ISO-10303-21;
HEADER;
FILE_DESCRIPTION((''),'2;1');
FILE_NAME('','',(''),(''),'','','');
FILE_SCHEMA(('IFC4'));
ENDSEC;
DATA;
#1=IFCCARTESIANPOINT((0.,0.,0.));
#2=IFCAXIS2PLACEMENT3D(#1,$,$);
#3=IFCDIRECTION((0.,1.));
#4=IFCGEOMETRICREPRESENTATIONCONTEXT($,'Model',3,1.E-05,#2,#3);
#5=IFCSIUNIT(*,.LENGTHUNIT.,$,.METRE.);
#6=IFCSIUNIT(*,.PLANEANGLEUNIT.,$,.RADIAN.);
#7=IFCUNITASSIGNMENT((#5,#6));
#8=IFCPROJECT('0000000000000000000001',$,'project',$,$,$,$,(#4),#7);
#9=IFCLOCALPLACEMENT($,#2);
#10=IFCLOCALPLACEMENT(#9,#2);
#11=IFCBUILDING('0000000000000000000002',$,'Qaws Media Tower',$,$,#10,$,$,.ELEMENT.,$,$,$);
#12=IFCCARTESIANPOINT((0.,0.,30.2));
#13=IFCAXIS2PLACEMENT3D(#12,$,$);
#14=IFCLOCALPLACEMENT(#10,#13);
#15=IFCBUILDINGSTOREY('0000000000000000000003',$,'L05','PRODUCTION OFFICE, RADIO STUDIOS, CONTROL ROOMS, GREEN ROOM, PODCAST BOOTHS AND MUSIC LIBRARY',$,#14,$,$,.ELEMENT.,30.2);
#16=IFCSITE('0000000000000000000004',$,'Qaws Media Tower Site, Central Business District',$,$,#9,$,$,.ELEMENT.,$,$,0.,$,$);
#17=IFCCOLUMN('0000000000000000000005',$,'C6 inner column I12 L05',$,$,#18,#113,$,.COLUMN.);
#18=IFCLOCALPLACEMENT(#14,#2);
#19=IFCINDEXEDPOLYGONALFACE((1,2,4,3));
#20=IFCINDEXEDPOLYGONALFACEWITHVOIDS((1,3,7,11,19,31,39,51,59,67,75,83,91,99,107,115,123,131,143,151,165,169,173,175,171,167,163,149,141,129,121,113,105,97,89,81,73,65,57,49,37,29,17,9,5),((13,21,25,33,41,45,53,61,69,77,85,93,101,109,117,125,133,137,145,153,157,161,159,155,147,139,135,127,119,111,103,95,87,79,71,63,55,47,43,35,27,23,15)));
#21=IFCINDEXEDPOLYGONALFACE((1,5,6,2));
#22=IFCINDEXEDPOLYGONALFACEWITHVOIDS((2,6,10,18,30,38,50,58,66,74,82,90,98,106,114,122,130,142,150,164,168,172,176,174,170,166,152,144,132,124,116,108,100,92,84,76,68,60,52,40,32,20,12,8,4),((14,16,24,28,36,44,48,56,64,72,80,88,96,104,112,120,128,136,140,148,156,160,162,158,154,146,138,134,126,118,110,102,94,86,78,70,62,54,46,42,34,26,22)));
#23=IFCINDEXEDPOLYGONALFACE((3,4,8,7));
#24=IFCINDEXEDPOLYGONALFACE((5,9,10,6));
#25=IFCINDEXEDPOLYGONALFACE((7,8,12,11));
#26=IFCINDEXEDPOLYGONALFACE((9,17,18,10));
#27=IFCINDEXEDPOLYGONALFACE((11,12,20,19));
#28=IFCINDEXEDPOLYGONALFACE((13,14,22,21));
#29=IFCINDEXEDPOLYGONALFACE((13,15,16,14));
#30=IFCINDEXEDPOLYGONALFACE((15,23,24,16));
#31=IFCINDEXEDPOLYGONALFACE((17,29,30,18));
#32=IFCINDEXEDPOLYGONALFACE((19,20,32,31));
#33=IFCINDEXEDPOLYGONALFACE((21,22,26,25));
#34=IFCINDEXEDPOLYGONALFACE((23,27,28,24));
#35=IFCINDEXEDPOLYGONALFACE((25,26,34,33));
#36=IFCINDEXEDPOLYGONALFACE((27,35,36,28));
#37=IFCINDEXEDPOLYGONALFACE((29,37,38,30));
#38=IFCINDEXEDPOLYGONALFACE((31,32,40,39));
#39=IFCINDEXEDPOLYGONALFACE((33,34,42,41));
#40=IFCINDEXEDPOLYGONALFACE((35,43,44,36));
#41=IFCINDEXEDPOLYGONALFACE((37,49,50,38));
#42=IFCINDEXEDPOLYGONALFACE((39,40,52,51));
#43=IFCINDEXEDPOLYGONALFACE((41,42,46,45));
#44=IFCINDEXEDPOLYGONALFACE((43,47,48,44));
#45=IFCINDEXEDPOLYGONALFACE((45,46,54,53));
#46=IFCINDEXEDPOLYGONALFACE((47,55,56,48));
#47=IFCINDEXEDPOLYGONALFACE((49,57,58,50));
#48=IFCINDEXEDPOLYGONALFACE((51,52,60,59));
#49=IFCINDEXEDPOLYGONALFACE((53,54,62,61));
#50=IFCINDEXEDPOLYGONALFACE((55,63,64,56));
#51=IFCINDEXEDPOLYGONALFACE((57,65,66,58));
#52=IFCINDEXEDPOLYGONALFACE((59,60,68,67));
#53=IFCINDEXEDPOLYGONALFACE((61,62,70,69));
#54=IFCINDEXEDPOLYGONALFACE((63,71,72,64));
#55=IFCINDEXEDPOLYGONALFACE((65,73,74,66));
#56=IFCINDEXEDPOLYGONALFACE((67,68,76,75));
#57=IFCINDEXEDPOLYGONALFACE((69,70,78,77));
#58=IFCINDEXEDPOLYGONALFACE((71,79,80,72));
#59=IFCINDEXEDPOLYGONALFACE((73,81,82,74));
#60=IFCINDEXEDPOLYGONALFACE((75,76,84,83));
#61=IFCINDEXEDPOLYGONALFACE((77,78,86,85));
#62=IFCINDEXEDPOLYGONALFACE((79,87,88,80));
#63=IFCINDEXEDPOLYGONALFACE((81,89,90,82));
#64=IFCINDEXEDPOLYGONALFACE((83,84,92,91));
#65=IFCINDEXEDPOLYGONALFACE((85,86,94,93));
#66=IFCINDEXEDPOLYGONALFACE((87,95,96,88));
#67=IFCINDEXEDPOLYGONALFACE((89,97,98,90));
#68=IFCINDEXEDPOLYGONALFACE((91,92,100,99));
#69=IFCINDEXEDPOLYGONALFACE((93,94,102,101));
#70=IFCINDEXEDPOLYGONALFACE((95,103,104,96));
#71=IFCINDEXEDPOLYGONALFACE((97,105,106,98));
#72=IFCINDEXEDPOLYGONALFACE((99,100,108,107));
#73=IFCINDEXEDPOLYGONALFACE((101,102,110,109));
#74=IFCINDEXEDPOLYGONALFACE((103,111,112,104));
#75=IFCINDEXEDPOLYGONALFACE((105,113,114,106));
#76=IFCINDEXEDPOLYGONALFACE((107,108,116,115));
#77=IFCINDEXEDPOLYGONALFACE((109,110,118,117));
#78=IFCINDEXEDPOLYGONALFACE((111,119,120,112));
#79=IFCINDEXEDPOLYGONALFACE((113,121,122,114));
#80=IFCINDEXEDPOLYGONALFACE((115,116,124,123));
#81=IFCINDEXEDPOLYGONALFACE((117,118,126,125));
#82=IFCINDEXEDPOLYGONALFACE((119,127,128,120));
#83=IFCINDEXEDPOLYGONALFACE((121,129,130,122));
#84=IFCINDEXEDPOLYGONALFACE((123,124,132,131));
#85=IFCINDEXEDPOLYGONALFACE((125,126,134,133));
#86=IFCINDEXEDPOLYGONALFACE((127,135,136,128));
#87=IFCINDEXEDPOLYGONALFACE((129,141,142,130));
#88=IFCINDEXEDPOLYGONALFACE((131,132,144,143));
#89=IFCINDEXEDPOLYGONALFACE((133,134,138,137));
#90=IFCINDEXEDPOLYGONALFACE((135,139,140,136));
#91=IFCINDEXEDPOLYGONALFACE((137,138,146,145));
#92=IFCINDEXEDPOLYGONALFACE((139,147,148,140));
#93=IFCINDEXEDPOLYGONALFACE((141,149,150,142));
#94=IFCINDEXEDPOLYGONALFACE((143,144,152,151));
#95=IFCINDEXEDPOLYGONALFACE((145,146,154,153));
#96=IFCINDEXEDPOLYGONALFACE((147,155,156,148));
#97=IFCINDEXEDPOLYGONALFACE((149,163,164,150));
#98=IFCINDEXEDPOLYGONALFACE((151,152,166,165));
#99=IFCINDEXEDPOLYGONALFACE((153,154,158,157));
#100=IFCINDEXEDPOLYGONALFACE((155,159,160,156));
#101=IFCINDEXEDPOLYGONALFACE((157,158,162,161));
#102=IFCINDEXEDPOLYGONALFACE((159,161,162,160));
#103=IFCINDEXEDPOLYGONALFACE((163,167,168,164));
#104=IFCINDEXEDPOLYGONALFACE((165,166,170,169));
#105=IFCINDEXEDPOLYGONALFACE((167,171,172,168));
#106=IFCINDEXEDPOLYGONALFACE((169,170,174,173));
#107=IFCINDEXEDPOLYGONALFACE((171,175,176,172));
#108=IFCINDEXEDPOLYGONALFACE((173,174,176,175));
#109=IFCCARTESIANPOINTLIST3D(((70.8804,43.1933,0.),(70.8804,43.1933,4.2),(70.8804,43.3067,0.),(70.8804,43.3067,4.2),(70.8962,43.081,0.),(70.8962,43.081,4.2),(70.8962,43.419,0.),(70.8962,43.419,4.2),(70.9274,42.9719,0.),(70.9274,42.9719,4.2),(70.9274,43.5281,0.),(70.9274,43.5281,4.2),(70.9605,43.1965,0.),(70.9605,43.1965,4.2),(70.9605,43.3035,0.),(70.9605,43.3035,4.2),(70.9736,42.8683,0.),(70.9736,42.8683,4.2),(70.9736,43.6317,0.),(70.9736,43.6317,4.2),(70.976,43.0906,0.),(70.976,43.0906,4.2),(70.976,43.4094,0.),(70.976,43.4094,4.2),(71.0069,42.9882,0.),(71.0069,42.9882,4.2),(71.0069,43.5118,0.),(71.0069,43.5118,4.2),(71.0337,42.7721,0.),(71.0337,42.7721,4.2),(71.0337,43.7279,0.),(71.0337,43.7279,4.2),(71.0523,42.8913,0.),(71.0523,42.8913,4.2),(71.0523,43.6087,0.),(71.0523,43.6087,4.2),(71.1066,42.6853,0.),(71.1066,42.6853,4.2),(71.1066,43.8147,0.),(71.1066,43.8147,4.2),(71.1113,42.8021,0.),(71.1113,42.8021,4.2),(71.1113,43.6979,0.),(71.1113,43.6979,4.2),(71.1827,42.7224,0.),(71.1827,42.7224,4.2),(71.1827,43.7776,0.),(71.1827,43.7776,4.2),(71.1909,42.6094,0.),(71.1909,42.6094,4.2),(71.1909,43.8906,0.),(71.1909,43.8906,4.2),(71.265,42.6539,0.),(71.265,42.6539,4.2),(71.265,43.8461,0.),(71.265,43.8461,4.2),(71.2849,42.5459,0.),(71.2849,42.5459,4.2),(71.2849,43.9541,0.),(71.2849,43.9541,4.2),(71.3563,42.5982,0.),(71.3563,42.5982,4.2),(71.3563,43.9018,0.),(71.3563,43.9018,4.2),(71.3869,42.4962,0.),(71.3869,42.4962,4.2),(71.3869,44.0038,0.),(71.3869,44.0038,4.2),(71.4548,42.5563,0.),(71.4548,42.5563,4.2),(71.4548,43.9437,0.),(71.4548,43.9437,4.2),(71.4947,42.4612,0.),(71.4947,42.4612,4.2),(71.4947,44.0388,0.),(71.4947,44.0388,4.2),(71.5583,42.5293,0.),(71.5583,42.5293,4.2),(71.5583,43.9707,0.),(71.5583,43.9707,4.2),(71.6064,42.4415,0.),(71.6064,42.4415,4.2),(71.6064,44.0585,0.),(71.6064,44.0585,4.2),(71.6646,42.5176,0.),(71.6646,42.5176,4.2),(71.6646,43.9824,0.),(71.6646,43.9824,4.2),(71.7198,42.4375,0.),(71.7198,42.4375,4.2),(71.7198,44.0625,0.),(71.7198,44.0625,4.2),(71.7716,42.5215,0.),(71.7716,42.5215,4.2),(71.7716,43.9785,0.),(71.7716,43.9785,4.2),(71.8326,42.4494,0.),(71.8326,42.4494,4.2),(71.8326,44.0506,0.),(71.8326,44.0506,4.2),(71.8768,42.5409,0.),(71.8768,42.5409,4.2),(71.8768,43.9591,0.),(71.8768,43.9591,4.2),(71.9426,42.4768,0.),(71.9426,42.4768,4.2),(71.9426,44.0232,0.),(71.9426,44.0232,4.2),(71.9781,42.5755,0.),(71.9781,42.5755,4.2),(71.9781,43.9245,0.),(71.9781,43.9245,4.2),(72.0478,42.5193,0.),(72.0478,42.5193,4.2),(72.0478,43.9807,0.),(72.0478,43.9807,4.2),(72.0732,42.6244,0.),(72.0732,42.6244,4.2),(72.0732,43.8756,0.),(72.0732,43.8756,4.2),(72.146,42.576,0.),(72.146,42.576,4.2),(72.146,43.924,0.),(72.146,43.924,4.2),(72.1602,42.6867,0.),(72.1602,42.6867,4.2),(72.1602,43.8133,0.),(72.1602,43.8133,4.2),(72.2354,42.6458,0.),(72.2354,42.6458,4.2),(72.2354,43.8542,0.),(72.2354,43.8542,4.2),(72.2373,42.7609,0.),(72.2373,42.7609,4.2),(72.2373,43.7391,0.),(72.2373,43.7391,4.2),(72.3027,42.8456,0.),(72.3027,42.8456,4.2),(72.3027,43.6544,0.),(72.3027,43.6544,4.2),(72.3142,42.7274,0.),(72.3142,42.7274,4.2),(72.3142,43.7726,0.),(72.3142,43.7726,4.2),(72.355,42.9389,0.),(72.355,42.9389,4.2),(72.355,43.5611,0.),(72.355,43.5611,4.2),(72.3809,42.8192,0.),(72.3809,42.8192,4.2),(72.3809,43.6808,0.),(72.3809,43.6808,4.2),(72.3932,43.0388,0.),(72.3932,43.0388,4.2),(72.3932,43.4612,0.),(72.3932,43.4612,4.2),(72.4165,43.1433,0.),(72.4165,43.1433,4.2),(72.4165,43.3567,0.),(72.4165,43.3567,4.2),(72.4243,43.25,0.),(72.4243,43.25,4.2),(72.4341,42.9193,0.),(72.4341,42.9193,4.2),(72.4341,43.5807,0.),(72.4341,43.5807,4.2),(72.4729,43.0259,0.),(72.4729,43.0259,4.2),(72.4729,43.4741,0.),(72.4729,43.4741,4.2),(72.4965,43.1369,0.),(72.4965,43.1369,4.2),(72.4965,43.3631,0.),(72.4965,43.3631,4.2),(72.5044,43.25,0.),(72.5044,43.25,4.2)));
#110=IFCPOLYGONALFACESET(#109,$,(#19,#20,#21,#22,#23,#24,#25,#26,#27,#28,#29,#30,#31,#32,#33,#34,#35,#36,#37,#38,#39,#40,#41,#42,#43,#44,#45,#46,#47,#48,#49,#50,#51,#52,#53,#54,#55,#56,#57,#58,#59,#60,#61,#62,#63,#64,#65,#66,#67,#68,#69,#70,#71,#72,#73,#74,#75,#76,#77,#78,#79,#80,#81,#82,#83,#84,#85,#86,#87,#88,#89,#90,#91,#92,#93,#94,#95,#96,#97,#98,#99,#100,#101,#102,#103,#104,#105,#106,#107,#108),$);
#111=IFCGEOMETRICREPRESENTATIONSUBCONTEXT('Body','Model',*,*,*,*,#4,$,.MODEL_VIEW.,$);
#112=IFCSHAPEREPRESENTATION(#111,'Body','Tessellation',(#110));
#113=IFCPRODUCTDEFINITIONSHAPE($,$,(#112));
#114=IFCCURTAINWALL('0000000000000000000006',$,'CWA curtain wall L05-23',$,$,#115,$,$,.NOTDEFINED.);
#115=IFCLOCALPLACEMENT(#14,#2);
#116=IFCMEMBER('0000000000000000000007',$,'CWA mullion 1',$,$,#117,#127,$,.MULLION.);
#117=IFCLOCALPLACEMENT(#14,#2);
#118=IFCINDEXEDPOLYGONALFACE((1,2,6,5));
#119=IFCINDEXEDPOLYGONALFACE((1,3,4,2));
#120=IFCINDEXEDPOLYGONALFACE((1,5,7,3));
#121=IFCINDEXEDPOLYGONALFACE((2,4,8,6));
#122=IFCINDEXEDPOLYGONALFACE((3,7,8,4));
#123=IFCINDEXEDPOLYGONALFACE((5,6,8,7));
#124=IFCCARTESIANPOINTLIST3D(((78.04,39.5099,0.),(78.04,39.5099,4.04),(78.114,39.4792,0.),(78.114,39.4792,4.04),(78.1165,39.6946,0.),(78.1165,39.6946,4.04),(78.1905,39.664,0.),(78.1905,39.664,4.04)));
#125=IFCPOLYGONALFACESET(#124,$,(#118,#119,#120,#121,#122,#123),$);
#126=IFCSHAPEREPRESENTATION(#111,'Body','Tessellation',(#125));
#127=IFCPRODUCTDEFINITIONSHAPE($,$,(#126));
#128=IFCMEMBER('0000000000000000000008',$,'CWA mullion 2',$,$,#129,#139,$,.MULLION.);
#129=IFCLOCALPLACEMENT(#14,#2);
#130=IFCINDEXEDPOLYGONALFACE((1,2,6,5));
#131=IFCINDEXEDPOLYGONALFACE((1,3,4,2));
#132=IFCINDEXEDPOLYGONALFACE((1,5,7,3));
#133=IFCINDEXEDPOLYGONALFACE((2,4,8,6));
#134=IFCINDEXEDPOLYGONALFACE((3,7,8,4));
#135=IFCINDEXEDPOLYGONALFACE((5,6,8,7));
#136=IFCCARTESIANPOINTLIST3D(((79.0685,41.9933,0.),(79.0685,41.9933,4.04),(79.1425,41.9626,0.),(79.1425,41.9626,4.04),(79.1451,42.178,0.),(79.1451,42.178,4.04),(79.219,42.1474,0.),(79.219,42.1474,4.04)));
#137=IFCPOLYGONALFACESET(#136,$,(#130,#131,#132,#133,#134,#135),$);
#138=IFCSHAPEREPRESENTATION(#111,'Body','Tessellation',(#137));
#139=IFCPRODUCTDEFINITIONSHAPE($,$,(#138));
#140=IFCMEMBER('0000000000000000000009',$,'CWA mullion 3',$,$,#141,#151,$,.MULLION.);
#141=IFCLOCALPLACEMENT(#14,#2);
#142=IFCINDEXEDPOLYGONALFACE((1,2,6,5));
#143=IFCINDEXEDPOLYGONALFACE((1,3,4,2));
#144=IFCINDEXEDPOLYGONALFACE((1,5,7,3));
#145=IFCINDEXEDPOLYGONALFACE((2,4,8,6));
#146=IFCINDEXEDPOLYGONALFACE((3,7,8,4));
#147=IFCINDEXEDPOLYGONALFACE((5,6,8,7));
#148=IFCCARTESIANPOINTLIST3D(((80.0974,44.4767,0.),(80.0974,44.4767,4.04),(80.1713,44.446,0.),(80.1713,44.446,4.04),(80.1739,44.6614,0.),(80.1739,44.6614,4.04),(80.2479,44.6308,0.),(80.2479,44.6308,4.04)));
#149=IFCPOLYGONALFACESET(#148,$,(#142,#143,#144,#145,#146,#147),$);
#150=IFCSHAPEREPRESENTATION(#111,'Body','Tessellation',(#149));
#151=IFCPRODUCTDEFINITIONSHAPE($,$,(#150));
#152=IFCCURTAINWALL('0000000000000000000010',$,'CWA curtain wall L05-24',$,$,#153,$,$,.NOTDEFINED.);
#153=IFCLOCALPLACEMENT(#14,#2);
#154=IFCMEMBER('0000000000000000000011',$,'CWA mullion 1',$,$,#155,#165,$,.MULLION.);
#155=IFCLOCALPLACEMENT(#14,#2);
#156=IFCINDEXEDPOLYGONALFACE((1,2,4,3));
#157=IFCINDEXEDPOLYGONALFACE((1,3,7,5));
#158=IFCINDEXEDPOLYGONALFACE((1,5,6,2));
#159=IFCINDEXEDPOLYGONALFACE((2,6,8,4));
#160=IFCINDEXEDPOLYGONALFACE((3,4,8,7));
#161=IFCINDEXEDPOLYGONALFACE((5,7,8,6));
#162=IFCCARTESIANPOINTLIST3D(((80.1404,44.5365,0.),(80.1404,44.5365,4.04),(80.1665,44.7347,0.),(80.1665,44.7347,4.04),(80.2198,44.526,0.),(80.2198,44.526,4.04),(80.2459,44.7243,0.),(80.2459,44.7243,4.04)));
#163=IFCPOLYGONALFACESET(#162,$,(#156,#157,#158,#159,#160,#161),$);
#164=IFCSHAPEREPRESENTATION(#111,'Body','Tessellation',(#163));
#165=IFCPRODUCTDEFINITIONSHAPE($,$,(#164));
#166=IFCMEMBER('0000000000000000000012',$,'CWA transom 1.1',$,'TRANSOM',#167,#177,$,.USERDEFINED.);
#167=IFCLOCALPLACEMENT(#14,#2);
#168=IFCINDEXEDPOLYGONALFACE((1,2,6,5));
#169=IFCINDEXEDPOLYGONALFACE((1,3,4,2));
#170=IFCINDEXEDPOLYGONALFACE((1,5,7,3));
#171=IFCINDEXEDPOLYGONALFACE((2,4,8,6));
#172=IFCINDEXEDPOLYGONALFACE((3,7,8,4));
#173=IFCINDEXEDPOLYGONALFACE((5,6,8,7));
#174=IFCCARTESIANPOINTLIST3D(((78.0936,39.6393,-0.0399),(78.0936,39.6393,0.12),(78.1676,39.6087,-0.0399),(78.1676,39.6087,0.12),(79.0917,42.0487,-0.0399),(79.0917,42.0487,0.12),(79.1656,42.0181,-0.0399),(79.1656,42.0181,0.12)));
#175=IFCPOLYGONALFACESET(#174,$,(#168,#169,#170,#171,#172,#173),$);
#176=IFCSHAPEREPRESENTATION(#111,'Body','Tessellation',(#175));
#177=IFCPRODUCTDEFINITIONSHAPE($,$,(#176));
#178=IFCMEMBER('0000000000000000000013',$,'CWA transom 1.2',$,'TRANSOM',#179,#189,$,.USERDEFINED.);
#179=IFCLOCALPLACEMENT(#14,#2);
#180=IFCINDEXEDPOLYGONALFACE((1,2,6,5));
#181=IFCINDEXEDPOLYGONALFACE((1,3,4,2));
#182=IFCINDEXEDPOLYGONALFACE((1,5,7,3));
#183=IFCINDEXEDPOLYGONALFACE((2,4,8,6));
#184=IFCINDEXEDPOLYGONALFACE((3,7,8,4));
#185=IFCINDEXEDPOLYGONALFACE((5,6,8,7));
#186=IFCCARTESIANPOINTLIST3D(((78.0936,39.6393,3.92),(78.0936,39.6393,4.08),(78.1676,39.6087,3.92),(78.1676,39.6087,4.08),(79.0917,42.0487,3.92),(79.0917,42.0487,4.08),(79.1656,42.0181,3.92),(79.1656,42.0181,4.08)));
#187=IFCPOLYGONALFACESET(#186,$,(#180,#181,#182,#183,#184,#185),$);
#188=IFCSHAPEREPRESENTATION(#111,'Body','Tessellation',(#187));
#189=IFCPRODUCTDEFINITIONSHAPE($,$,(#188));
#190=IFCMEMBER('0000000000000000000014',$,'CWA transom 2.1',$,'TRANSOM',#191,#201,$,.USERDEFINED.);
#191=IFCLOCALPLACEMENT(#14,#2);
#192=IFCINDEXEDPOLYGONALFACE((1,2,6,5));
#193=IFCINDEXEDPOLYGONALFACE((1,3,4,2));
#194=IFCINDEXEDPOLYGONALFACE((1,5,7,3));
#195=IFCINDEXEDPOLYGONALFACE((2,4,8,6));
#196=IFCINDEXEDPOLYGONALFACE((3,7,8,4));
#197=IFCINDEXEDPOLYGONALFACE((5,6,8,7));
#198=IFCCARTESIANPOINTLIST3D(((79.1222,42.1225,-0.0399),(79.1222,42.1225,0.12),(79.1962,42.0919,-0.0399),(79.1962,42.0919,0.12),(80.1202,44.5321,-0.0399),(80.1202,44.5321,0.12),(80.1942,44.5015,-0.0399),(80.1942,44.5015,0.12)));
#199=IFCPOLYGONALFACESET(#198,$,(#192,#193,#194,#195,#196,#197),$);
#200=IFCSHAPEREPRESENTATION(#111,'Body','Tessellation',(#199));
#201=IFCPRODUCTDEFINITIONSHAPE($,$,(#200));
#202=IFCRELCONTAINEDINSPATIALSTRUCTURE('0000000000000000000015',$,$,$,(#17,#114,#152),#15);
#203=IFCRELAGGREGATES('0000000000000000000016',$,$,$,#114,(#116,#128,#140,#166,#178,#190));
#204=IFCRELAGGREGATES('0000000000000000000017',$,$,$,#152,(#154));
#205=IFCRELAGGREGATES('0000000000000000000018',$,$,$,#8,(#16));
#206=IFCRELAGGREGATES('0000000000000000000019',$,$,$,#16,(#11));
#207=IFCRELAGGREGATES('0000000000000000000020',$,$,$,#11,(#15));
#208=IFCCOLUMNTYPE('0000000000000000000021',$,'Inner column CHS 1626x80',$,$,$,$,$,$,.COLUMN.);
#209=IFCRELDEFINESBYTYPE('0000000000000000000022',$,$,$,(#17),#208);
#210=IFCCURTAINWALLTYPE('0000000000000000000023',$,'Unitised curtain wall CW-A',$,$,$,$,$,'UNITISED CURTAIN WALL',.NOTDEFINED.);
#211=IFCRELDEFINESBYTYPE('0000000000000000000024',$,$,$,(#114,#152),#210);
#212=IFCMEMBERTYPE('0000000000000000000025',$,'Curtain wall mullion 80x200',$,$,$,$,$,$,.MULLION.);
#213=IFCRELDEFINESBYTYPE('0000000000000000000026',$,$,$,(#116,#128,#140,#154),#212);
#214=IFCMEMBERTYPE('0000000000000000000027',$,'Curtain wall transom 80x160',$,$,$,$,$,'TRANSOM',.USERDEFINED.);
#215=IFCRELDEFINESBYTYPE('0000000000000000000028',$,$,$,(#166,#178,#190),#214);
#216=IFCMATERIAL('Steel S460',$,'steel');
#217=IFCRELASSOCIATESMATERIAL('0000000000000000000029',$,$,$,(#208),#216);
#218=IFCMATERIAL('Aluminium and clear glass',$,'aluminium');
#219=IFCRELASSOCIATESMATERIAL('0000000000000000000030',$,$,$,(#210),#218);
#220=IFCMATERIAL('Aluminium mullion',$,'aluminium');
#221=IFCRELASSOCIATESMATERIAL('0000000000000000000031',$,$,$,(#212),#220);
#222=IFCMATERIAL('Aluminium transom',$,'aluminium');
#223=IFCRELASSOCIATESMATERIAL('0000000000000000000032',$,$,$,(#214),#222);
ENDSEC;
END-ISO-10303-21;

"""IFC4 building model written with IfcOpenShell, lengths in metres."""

from ifc_helpers import new_model, si_unit, direction, frame, origin, origin_2d, place, context, subcontext, project, spatial, rectangle, hollow_circle, extrude, material, material_profile, profile_set, type_object, element, aggregate, save


model = new_model("IFC4")

# Units and contexts
model_context = context("Model", 3, precision=1e-05, world=origin(), true_north=direction((0.0, 1.0)))
body_context = subcontext(model_context, "Body", "Model", "MODEL_VIEW")
ifc_project = project(units=[si_unit("LENGTHUNIT", "METRE"), si_unit("PLANEANGLEUNIT", "RADIAN")], contexts=[model_context])

# Site, building, storey
site_placement = place(None, origin())
site = spatial("IfcSite", under=ifc_project, at=site_placement, Name="Qaws Media Tower Site, Central Business District", CompositionType="ELEMENT", RefElevation=0.0)
building_placement = place(site_placement, origin())
building = spatial("IfcBuilding", under=site, at=building_placement, Name="Qaws Media Tower", CompositionType="ELEMENT")
storey_placement = place(building_placement, frame((0.0, 0.0, 30.2)))
storey = spatial("IfcBuildingStorey", under=building, at=storey_placement, Name="L05", Description="PRODUCTION OFFICE, RADIO STUDIOS, CONTROL ROOMS, GREEN ROOM, PODCAST BOOTHS AND MUSIC LIBRARY", CompositionType="ELEMENT", Elevation=30.2)

# Column
ifc_material_1 = material(Name="Steel S460", Category="steel")
ifc_material_profile_1 = material_profile(ifc_material_1, hollow_circle(Radius=0.813, WallThickness=0.0801, at=origin_2d()), Name="CHS 1626x80")
ifc_profile_set_1 = profile_set([ifc_material_profile_1], Name="Steel S460")
column_type = type_object("IfcColumnType", Name="Inner column CHS 1626x80", PredefinedType="COLUMN", material=ifc_profile_set_1)
column_placement = place(storey_placement, frame((71.6914, 43.25, 0.0), z_axis=(0.0, 0.0, 1.0), x_axis=(1.0, 0.0, 0.0)))
element("IfcColumn", 1, at=column_placement, inside=storey, type_object=column_type, Name="C6 inner column I12 L05", PredefinedType="COLUMN", context=body_context, shape_type="SweptSolid", body=[
    extrude(hollow_circle(Radius=0.813, WallThickness=0.0801, at=origin_2d()), origin(), (0.0, 0.0, 1.0), 4.2),
])

# Curtain wall, members
ifc_material_2 = material(Name="Aluminium and clear glass", Category="aluminium")
curtain_wall_type = type_object("IfcCurtainWallType", Name="Unitised curtain wall CW-A", ElementType="UNITISED CURTAIN WALL", PredefinedType="NOTDEFINED", material=ifc_material_2)
curtain_wall_1_placement = place(storey_placement, origin())
curtain_wall_1 = element("IfcCurtainWall", 2, at=curtain_wall_1_placement, inside=storey, type_object=curtain_wall_type, Name="CWA curtain wall L05-23", PredefinedType="NOTDEFINED")
ifc_material_3 = material(Name="Aluminium mullion", Category="aluminium")
ifc_material_profile_2 = material_profile(ifc_material_3, rectangle(XDim=0.0801, YDim=0.2, at=origin_2d()), Name="80x200")
ifc_profile_set_2 = profile_set([ifc_material_profile_2], Name="Aluminium mullion")
member_type_1 = type_object("IfcMemberType", Name="Curtain wall mullion 80x200", PredefinedType="MULLION", material=ifc_profile_set_2)
member_1_placement = place(storey_placement, frame((78.1152, 39.5869, 0.0), z_axis=(0.0, 0.0, 1.0), x_axis=(-0.92388, 0.382683, 0.0)))
member_1 = element("IfcMember", 3, at=member_1_placement, type_object=member_type_1, Name="CWA mullion 1", PredefinedType="MULLION", context=body_context, shape_type="SweptSolid", body=[
    extrude(rectangle(XDim=0.0801, YDim=0.2, at=origin_2d()), origin(), (0.0, 0.0, 1.0), 4.04),
])
member_2_placement = place(storey_placement, frame((79.1438, 42.0703, 0.0), z_axis=(0.0, 0.0, 1.0), x_axis=(-0.92388, 0.382683, 0.0)))
member_2 = element("IfcMember", 4, at=member_2_placement, type_object=member_type_1, Name="CWA mullion 2", PredefinedType="MULLION", context=body_context, shape_type="SweptSolid", body=[
    extrude(rectangle(XDim=0.0801, YDim=0.2, at=origin_2d()), origin(), (0.0, 0.0, 1.0), 4.04),
])
member_3_placement = place(storey_placement, frame((80.1726, 44.5537, 0.0), z_axis=(0.0, 0.0, 1.0), x_axis=(-0.92388, 0.382683, 0.0)))
member_3 = element("IfcMember", 5, at=member_3_placement, type_object=member_type_1, Name="CWA mullion 3", PredefinedType="MULLION", context=body_context, shape_type="SweptSolid", body=[
    extrude(rectangle(XDim=0.0801, YDim=0.2, at=origin_2d()), origin(), (0.0, 0.0, 1.0), 4.04),
])

# Curtain wall, member
curtain_wall_2_placement = place(storey_placement, origin())
curtain_wall_2 = element("IfcCurtainWall", 6, at=curtain_wall_2_placement, inside=storey, type_object=curtain_wall_type, Name="CWA curtain wall L05-24", PredefinedType="NOTDEFINED")
member_4_placement = place(storey_placement, frame((80.1931, 44.6304, 0.0), z_axis=(0.0, 0.0, 1.0), x_axis=(-0.991445, 0.130526, 0.0)))
member_4 = element("IfcMember", 7, at=member_4_placement, type_object=member_type_1, Name="CWA mullion 1", PredefinedType="MULLION", context=body_context, shape_type="SweptSolid", body=[
    extrude(rectangle(XDim=0.0801, YDim=0.2, at=origin_2d()), origin(), (0.0, 0.0, 1.0), 4.04),
])

# Members
ifc_material_4 = material(Name="Aluminium transom", Category="aluminium")
ifc_material_profile_3 = material_profile(ifc_material_4, rectangle(XDim=0.0801, YDim=0.1599, at=origin_2d()), Name="80x160")
ifc_profile_set_3 = profile_set([ifc_material_profile_3], Name="Aluminium transom")
member_type_2 = type_object("IfcMemberType", Name="Curtain wall transom 80x160", ElementType="TRANSOM", PredefinedType="USERDEFINED", material=ifc_profile_set_3)
member_5_placement = place(storey_placement, frame((78.1306, 39.624, 0.04), z_axis=(0.382694, 0.923875, 0.0), x_axis=(-0.923875, 0.382694, 0.0)))
member_5 = element("IfcMember", 8, at=member_5_placement, type_object=member_type_2, Name="CWA transom 1.1", ObjectType="TRANSOM", PredefinedType="USERDEFINED", context=body_context, shape_type="SweptSolid", body=[
    extrude(rectangle(XDim=0.0801, YDim=0.1599, at=origin_2d()), origin(), (0.0, 0.0, 1.0), 2.6079),
])
member_6_placement = place(storey_placement, frame((78.1306, 39.624, 4.0), z_axis=(0.382694, 0.923875, 0.0), x_axis=(-0.923875, 0.382694, 0.0)))
member_6 = element("IfcMember", 9, at=member_6_placement, type_object=member_type_2, Name="CWA transom 1.2", ObjectType="TRANSOM", PredefinedType="USERDEFINED", context=body_context, shape_type="SweptSolid", body=[
    extrude(rectangle(XDim=0.0801, YDim=0.1599, at=origin_2d()), origin(), (0.0, 0.0, 1.0), 2.6079),
])
member_7_placement = place(storey_placement, frame((79.1592, 42.1072, 0.04), z_axis=(0.38266, 0.923889, 0.0), x_axis=(-0.923889, 0.38266, 0.0)))
member_7 = element("IfcMember", 10, at=member_7_placement, type_object=member_type_2, Name="CWA transom 2.1", ObjectType="TRANSOM", PredefinedType="USERDEFINED", context=body_context, shape_type="SweptSolid", body=[
    extrude(rectangle(XDim=0.0801, YDim=0.1599, at=origin_2d()), origin(), (0.0, 0.0, 1.0), 2.6082),
])

aggregate(curtain_wall_1, [member_1, member_2, member_3, member_5, member_6, member_7])
aggregate(curtain_wall_2, [member_4])

save(model, "model.ifc")
